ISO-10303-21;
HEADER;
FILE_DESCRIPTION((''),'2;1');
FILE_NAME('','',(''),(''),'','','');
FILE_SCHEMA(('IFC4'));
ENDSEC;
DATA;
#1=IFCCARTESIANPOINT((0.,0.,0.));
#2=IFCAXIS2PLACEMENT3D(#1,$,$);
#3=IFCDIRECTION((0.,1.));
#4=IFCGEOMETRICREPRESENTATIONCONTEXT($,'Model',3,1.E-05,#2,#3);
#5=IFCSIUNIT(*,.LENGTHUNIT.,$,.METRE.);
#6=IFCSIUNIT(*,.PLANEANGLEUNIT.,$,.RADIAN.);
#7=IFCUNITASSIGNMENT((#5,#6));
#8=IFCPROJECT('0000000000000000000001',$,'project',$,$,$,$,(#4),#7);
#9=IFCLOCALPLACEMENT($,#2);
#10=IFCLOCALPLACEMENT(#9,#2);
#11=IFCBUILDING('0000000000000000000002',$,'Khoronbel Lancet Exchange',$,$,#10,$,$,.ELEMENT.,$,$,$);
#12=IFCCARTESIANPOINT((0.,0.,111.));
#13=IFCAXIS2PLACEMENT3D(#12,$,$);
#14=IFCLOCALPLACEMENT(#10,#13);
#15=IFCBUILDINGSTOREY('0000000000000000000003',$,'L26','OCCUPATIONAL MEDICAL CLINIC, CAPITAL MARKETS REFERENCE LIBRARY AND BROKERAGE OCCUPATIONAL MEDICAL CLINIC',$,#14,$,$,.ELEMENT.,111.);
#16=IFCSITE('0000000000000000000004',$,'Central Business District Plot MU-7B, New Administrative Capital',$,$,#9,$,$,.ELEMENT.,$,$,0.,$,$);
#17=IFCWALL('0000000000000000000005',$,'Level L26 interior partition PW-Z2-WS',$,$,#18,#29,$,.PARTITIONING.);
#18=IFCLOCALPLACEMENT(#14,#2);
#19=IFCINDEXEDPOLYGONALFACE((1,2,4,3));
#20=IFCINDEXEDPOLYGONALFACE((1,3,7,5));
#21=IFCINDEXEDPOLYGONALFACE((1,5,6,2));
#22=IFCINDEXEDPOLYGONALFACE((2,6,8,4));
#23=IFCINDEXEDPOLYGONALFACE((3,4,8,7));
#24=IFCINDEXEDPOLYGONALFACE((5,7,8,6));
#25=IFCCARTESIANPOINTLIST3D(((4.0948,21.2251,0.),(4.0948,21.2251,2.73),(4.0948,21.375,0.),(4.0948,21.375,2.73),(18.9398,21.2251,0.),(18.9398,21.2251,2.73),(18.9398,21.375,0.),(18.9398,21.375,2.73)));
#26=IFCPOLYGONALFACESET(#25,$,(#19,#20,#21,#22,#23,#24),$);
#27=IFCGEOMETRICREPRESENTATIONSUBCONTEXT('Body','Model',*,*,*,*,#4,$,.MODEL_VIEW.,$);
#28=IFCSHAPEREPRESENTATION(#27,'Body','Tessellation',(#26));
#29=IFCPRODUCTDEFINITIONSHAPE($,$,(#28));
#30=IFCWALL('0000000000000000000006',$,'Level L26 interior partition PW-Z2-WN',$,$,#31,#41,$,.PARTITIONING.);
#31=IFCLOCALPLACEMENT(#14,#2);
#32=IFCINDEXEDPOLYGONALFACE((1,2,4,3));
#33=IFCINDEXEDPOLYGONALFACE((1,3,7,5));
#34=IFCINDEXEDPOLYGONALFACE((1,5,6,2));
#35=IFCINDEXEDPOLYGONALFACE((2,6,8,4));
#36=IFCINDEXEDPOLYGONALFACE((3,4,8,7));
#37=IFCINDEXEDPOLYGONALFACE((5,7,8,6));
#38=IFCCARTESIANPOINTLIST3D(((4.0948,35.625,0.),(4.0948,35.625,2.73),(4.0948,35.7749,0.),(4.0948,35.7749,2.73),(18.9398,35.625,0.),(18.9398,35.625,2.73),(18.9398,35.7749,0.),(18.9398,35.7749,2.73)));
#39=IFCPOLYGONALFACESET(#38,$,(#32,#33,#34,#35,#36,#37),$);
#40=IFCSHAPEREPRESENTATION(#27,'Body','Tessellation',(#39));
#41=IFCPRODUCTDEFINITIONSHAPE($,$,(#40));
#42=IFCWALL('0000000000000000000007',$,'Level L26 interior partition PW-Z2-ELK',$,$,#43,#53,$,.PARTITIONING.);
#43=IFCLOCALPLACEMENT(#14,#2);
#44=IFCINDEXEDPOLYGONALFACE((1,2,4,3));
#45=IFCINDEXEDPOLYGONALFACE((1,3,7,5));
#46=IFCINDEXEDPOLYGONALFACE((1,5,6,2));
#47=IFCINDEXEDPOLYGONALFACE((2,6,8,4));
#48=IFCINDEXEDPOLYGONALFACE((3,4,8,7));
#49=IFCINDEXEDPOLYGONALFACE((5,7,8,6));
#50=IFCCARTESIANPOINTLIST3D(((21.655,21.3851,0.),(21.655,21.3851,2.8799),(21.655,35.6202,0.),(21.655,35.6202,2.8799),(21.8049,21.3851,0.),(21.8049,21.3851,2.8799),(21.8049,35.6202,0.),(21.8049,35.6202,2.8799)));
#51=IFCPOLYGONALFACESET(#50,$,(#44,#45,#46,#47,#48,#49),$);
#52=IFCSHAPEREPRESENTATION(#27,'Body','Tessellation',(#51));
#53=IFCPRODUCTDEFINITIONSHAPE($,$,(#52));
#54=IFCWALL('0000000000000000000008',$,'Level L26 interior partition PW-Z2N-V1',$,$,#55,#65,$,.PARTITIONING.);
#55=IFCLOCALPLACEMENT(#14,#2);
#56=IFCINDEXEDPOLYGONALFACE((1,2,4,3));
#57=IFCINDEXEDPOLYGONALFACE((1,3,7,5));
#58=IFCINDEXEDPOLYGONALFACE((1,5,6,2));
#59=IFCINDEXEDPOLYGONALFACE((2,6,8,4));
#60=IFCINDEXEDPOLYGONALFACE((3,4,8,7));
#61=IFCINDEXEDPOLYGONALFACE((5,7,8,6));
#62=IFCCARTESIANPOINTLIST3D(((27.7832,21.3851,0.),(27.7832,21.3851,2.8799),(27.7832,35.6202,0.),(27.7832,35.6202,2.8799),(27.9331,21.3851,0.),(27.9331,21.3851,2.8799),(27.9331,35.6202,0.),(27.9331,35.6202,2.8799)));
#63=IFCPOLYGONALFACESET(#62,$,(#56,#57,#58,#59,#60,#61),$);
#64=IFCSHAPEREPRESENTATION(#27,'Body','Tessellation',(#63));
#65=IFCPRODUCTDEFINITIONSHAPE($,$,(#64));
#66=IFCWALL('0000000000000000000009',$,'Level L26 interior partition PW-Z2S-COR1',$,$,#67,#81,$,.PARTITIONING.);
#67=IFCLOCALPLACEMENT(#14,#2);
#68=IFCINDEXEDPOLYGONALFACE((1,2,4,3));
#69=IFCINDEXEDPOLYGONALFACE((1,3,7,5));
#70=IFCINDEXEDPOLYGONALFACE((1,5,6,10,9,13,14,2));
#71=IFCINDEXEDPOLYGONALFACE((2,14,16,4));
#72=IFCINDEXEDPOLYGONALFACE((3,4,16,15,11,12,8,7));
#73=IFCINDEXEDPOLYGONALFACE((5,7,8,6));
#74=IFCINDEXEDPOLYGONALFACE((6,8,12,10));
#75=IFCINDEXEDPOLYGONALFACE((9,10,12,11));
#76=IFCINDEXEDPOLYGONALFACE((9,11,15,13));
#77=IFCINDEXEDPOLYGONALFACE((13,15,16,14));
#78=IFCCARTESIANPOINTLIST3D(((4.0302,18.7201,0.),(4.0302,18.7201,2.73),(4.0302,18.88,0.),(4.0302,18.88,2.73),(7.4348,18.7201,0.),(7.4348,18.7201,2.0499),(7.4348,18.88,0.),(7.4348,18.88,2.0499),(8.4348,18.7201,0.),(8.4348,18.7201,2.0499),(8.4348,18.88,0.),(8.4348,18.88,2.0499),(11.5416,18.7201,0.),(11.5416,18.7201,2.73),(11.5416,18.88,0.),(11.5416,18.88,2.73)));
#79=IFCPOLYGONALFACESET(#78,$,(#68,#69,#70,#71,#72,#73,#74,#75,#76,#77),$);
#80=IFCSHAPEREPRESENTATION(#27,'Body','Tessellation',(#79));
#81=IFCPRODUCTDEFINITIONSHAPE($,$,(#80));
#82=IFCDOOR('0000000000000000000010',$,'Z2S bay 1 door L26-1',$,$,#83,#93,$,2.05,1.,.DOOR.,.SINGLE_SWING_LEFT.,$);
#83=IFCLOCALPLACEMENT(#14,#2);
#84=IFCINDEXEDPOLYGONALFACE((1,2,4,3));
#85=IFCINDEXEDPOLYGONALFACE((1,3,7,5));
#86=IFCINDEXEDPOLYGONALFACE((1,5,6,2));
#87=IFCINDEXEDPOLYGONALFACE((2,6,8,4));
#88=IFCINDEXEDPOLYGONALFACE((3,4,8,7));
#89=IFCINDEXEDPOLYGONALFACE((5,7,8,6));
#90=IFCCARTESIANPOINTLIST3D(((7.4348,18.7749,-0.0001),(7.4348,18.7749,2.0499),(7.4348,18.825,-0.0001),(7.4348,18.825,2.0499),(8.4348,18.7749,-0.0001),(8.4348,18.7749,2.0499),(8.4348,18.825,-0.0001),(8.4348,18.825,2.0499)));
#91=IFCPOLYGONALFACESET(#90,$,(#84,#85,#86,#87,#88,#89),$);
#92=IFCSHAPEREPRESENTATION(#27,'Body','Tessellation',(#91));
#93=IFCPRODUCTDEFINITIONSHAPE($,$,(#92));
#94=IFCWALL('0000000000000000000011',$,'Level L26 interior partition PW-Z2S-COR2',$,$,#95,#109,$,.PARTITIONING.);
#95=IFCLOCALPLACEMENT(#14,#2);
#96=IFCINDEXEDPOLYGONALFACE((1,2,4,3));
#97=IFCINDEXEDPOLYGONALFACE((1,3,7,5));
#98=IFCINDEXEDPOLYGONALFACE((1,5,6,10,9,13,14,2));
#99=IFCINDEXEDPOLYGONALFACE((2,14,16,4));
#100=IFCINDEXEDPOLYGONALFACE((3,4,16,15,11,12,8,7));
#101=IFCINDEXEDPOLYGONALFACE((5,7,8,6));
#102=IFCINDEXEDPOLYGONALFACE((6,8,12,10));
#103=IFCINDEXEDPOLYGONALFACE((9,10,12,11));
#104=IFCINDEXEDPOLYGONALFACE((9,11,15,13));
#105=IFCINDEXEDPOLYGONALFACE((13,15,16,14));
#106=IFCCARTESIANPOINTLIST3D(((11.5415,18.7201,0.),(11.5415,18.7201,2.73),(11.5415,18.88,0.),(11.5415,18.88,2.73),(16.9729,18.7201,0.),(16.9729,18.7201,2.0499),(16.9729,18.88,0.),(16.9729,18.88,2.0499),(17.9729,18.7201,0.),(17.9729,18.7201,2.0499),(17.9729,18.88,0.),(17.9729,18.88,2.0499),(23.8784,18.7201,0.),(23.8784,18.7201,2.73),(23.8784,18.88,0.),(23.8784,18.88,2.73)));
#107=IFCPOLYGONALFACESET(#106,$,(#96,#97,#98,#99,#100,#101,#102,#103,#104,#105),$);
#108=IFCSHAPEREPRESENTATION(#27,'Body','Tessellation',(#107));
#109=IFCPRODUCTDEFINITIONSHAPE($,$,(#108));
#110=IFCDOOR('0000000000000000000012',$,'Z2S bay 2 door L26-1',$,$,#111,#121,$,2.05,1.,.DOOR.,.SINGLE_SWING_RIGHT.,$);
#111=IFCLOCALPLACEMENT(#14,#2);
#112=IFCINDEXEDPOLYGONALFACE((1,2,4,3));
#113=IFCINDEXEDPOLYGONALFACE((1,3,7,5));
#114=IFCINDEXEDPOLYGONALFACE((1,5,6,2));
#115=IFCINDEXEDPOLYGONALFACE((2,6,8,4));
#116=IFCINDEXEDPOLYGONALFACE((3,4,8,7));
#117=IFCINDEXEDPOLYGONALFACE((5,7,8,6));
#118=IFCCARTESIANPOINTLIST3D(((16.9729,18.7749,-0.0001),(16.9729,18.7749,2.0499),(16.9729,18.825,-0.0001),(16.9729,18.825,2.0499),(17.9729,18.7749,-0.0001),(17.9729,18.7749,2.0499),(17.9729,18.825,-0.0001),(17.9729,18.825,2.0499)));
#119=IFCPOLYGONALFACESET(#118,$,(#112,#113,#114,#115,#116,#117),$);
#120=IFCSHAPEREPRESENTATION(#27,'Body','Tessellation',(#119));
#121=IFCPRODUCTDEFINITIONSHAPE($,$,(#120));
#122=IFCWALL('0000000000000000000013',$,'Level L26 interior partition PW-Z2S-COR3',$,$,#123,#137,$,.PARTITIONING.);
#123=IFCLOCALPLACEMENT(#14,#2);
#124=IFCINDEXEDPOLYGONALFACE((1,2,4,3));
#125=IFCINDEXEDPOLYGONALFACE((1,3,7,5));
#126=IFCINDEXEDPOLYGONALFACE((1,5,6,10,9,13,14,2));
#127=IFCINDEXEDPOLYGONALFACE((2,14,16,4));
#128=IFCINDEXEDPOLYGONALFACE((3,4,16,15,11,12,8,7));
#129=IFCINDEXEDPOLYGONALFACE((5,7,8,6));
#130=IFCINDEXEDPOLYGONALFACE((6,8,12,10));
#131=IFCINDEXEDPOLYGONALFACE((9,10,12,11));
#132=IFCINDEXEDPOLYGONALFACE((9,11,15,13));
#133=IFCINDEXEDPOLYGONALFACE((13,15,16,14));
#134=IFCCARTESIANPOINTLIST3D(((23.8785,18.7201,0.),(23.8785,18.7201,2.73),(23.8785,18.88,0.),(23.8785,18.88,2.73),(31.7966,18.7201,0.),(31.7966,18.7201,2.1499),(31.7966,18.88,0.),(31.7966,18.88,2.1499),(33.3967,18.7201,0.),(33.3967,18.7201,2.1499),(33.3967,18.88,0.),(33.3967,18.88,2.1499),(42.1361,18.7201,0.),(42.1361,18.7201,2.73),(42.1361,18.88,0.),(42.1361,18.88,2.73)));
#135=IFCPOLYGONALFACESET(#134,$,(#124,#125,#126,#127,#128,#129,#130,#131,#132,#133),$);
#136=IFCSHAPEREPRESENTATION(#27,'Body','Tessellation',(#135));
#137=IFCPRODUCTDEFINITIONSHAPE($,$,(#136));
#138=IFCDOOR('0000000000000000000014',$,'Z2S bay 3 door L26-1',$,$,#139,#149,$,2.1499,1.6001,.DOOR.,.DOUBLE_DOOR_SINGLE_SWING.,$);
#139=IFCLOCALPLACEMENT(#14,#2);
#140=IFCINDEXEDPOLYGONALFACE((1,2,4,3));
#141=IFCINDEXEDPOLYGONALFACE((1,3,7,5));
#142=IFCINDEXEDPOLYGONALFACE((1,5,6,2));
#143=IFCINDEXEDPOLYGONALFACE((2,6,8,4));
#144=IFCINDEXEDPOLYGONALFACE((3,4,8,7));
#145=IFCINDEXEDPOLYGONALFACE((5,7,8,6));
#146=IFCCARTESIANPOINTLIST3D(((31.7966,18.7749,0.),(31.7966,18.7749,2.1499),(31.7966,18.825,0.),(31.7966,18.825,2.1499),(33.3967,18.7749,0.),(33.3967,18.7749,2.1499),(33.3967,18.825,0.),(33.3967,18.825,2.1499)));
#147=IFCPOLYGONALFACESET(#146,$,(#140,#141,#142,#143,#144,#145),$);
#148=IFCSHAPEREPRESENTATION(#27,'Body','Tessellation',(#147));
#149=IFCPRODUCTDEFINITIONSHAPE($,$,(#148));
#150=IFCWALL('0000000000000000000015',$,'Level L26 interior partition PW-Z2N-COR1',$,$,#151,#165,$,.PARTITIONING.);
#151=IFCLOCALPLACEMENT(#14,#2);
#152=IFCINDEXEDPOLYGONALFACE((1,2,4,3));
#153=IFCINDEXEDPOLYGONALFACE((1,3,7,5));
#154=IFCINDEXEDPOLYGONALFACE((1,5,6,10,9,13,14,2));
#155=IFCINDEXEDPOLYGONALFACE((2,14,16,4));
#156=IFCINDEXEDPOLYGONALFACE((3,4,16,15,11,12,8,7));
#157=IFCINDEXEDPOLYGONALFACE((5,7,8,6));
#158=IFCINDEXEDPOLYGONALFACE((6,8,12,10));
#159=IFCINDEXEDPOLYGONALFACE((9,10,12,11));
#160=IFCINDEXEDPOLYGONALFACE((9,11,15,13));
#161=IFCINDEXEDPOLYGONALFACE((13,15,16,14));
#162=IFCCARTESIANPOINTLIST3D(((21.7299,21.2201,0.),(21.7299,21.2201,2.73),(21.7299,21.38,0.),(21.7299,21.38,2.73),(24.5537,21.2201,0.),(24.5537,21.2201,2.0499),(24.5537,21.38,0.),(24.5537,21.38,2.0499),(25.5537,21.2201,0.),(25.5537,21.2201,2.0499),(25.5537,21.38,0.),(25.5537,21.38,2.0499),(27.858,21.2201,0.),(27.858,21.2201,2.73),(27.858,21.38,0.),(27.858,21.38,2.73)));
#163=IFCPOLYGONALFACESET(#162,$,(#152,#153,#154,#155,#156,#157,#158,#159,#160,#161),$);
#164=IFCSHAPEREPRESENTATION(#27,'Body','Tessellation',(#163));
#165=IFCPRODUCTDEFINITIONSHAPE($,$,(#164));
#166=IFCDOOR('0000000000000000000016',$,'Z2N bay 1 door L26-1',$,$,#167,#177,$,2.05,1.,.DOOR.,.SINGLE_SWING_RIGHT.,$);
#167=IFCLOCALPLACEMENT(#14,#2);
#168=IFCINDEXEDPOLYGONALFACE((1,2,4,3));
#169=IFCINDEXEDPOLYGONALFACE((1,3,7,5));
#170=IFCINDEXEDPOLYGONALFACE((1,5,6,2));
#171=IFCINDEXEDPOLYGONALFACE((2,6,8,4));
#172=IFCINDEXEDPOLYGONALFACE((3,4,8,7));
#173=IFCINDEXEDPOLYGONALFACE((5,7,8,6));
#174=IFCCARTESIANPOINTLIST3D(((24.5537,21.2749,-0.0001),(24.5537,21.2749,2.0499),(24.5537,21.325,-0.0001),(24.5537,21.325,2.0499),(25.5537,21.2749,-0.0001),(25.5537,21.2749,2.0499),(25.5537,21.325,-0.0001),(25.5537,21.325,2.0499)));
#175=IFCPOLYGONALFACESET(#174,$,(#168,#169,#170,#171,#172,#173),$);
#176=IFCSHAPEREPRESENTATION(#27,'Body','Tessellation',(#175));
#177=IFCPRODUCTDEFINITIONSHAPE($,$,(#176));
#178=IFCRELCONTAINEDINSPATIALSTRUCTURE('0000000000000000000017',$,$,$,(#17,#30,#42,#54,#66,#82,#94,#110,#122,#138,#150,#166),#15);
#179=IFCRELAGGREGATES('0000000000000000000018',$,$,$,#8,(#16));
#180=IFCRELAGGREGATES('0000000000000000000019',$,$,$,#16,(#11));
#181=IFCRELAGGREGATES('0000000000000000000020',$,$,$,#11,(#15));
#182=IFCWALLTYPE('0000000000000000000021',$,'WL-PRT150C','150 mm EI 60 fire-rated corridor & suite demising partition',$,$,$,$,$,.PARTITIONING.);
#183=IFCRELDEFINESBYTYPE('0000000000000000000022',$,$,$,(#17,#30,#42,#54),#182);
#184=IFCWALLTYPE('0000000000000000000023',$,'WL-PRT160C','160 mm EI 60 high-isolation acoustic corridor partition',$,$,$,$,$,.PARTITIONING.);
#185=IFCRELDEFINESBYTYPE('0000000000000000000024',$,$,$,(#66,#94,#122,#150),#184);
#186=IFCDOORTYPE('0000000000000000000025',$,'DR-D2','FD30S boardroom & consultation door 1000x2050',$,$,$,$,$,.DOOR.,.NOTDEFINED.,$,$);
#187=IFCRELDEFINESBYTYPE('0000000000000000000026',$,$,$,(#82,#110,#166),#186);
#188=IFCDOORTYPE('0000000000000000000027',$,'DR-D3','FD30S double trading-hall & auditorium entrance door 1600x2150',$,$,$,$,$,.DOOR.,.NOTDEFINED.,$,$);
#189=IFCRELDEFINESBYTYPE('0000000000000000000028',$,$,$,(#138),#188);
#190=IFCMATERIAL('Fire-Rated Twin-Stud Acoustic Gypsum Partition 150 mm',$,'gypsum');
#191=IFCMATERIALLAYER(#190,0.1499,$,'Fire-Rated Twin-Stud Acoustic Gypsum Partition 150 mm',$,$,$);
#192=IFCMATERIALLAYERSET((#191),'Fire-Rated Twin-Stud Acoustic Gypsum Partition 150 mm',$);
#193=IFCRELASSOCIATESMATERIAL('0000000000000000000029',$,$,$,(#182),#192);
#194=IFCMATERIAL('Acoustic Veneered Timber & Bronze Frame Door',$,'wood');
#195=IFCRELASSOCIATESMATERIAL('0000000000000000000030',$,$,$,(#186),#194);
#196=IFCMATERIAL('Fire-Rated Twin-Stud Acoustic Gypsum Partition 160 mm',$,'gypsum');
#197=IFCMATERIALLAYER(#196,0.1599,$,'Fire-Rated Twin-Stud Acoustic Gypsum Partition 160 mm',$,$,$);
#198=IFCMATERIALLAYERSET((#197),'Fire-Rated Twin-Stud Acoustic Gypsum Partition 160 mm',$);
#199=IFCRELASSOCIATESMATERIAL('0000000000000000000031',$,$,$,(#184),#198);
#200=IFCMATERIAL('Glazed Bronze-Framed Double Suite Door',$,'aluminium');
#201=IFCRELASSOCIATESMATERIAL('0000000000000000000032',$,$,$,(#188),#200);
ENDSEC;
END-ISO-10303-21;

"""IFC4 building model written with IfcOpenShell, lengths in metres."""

from ifc_helpers import new_model, si_unit, direction, frame, frame_2d, origin, place, context, subcontext, project, spatial, rectangle, extrude, material, layer, layer_set, type_object, element, fill, save


model = new_model("IFC4")

# Units and contexts
model_context = context("Model", 3, precision=1e-05, world=origin(), true_north=direction((0.0, 1.0)))
body_context = subcontext(model_context, "Body", "Model", "MODEL_VIEW")
ifc_project = project(units=[si_unit("LENGTHUNIT", "METRE"), si_unit("PLANEANGLEUNIT", "RADIAN")], contexts=[model_context])

# Site, building, storey
site_placement = place(None, origin())
site = spatial("IfcSite", under=ifc_project, at=site_placement, Name="Central Business District Plot MU-7B, New Administrative Capital", CompositionType="ELEMENT", RefElevation=0.0)
building_placement = place(site_placement, origin())
building = spatial("IfcBuilding", under=site, at=building_placement, Name="Khoronbel Lancet Exchange", CompositionType="ELEMENT")
storey_placement = place(building_placement, frame((0.0, 0.0, 111.0)))
storey = spatial("IfcBuildingStorey", under=building, at=storey_placement, Name="L26", Description="OCCUPATIONAL MEDICAL CLINIC, CAPITAL MARKETS REFERENCE LIBRARY AND BROKERAGE OCCUPATIONAL MEDICAL CLINIC", CompositionType="ELEMENT", Elevation=111.0)

# Shared definitions
ifc_material_1 = material(Name="Fire-Rated Twin-Stud Acoustic Gypsum Partition 150 mm", Category="gypsum")
ifc_layer_1 = layer(ifc_material_1, 0.1499, Name="Fire-Rated Twin-Stud Acoustic Gypsum Partition 150 mm")
ifc_layer_set_1 = layer_set([ifc_layer_1], Name="Fire-Rated Twin-Stud Acoustic Gypsum Partition 150 mm")
wall_type_1 = type_object("IfcWallType", Name="WL-PRT150C", Description="150 mm EI 60 fire-rated corridor & suite demising partition", PredefinedType="PARTITIONING", material=ifc_layer_set_1)
ifc_material_2 = material(Name="Acoustic Veneered Timber & Bronze Frame Door", Category="wood")
door_type_1 = type_object("IfcDoorType", Name="DR-D2", Description="FD30S boardroom & consultation door 1000x2050", OperationType="NOTDEFINED", PredefinedType="DOOR", material=ifc_material_2)

# Walls
for number, where, z_axis, x_axis, name in (
    (1, (4.095, 21.3, 0.0), (0.0, 0.0, 1.0), (1.0, 0.0, 0.0), "Level L26 interior partition PW-Z2-WS"),
    (2, (4.095, 35.7, 0.0), (0.0, 0.0, 1.0), (1.0, 0.0, 0.0), "Level L26 interior partition PW-Z2-WN"),
):
    element("IfcWall", number, at=place(storey_placement, frame(where, z_axis=z_axis, x_axis=x_axis)), inside=storey, type_object=wall_type_1, Name=name, PredefinedType="PARTITIONING", context=body_context, shape_type="SweptSolid", body=[
        extrude(rectangle(XDim=14.845, YDim=0.1499, at=frame_2d((7.4224, 0.0))), origin(), (0.0, 0.0, 1.0), 2.73),
    ])
for number, where, z_axis, x_axis, name in (
    (3, (21.73, 21.385, 0.0), (0.0, 0.0, 1.0), (0.0, 1.0, 0.0), "Level L26 interior partition PW-Z2-ELK"),
    (4, (27.8582, 21.385, 0.0), (0.0, 0.0, 1.0), (0.0, 1.0, 0.0), "Level L26 interior partition PW-Z2N-V1"),
):
    element("IfcWall", number, at=place(storey_placement, frame(where, z_axis=z_axis, x_axis=x_axis)), inside=storey, type_object=wall_type_1, Name=name, PredefinedType="PARTITIONING", context=body_context, shape_type="SweptSolid", body=[
        extrude(rectangle(XDim=14.2351, YDim=0.1499, at=frame_2d((7.1177, 0.0))), origin(), (0.0, 0.0, 1.0), 2.8799),
    ])

# Walls, openings, doors
ifc_material_3 = material(Name="Fire-Rated Twin-Stud Acoustic Gypsum Partition 160 mm", Category="gypsum")
ifc_layer_2 = layer(ifc_material_3, 0.1599, Name="Fire-Rated Twin-Stud Acoustic Gypsum Partition 160 mm")
ifc_layer_set_2 = layer_set([ifc_layer_2], Name="Fire-Rated Twin-Stud Acoustic Gypsum Partition 160 mm")
wall_type_2 = type_object("IfcWallType", Name="WL-PRT160C", Description="160 mm EI 60 high-isolation acoustic corridor partition", PredefinedType="PARTITIONING", material=ifc_layer_set_2)
wall_1_placement = place(storey_placement, frame((4.03, 18.8, 0.0), z_axis=(0.0, 0.0, 1.0), x_axis=(1.0, 0.0, 0.0)))
wall_1 = element("IfcWall", 5, at=wall_1_placement, inside=storey, type_object=wall_type_2, Name="Level L26 interior partition PW-Z2S-COR1", PredefinedType="PARTITIONING", context=body_context, shape_type="SweptSolid", body=[
    extrude(rectangle(XDim=7.5115, YDim=0.1599, at=frame_2d((3.7559, 0.0))), origin(), (0.0, 0.0, 1.0), 2.73),
])
opening_1_placement = place(wall_1_placement, frame((3.4048, 0.0, 0.0)))
opening_1 = element("IfcOpeningElement", 6, at=opening_1_placement, cuts=wall_1, PredefinedType="OPENING", context=body_context, shape_type="SweptSolid", body=[
    extrude(rectangle(XDim=1.0, YDim=2.05, at=frame_2d((0.5, 1.0249))), frame((0.0, 0.0898, 0.0), z_axis=(0.0, -1.0, 0.0), x_axis=(1.0, 0.0, 0.0)), (0.0, 0.0, 1.0), 0.1799),
])
door_1_placement = place(opening_1_placement, origin())
door_1 = element("IfcDoor", 7, at=door_1_placement, inside=storey, type_object=door_type_1, Name="Z2S bay 1 door L26-1", OperationType="SINGLE_SWING_LEFT", OverallHeight=2.05, OverallWidth=1.0, PredefinedType="DOOR", context=body_context, shape_type="SweptSolid", body=[
    extrude(rectangle(XDim=1.0, YDim=2.05, at=frame_2d((0.5, 1.0249))), frame((0.0, 0.0249, 0.0), z_axis=(0.0, -1.0, 0.0), x_axis=(1.0, 0.0, 0.0)), (0.0, 0.0, 1.0), 0.05),
])
fill(opening_1, door_1)
wall_2_placement = place(storey_placement, frame((11.5415, 18.8, 0.0), z_axis=(0.0, 0.0, 1.0), x_axis=(1.0, 0.0, 0.0)))
wall_2 = element("IfcWall", 8, at=wall_2_placement, inside=storey, type_object=wall_type_2, Name="Level L26 interior partition PW-Z2S-COR2", PredefinedType="PARTITIONING", context=body_context, shape_type="SweptSolid", body=[
    extrude(rectangle(XDim=12.3369, YDim=0.1599, at=frame_2d((6.1685, 0.0))), origin(), (0.0, 0.0, 1.0), 2.73),
])
opening_2_placement = place(wall_2_placement, frame((5.4314, 0.0, 0.0)))
opening_2 = element("IfcOpeningElement", 9, at=opening_2_placement, cuts=wall_2, PredefinedType="OPENING", context=body_context, shape_type="SweptSolid", body=[
    extrude(rectangle(XDim=1.0, YDim=2.05, at=frame_2d((0.5, 1.0249))), frame((0.0, 0.0898, 0.0), z_axis=(0.0, -1.0, 0.0), x_axis=(1.0, 0.0, 0.0)), (0.0, 0.0, 1.0), 0.1799),
])
door_2_placement = place(opening_2_placement, origin())
door_2 = element("IfcDoor", 10, at=door_2_placement, inside=storey, type_object=door_type_1, Name="Z2S bay 2 door L26-1", OperationType="SINGLE_SWING_RIGHT", OverallHeight=2.05, OverallWidth=1.0, PredefinedType="DOOR", context=body_context, shape_type="SweptSolid", body=[
    extrude(rectangle(XDim=1.0, YDim=2.05, at=frame_2d((0.5, 1.0249))), frame((0.0, 0.0249, 0.0), z_axis=(0.0, -1.0, 0.0), x_axis=(1.0, 0.0, 0.0)), (0.0, 0.0, 1.0), 0.05),
])
fill(opening_2, door_2)
wall_3_placement = place(storey_placement, frame((23.8784, 18.8, 0.0), z_axis=(0.0, 0.0, 1.0), x_axis=(1.0, 0.0, 0.0)))
wall_3 = element("IfcWall", 11, at=wall_3_placement, inside=storey, type_object=wall_type_2, Name="Level L26 interior partition PW-Z2S-COR3", PredefinedType="PARTITIONING", context=body_context, shape_type="SweptSolid", body=[
    extrude(rectangle(XDim=18.2576, YDim=0.1599, at=frame_2d((9.1289, 0.0))), origin(), (0.0, 0.0, 1.0), 2.73),
])
opening_3_placement = place(wall_3_placement, frame((7.9182, 0.0, 0.0)))
opening_3 = element("IfcOpeningElement", 12, at=opening_3_placement, cuts=wall_3, PredefinedType="OPENING", context=body_context, shape_type="SweptSolid", body=[
    extrude(rectangle(XDim=1.6001, YDim=2.1499, at=frame_2d((0.8, 1.075))), frame((0.0, 0.0898, 0.0), z_axis=(0.0, -1.0, 0.0), x_axis=(1.0, 0.0, 0.0)), (0.0, 0.0, 1.0), 0.1799),
])
ifc_material_4 = material(Name="Glazed Bronze-Framed Double Suite Door", Category="aluminium")
door_type_2 = type_object("IfcDoorType", Name="DR-D3", Description="FD30S double trading-hall & auditorium entrance door 1600x2150", OperationType="NOTDEFINED", PredefinedType="DOOR", material=ifc_material_4)
door_3_placement = place(opening_3_placement, origin())
door_3 = element("IfcDoor", 13, at=door_3_placement, inside=storey, type_object=door_type_2, Name="Z2S bay 3 door L26-1", OperationType="DOUBLE_DOOR_SINGLE_SWING", OverallHeight=2.1499, OverallWidth=1.6001, PredefinedType="DOOR", context=body_context, shape_type="SweptSolid", body=[
    extrude(rectangle(XDim=1.6001, YDim=2.1499, at=frame_2d((0.8, 1.075))), frame((0.0, 0.0249, 0.0), z_axis=(0.0, -1.0, 0.0), x_axis=(1.0, 0.0, 0.0)), (0.0, 0.0, 1.0), 0.05),
])
fill(opening_3, door_3)
wall_4_placement = place(storey_placement, frame((21.73, 21.3, 0.0), z_axis=(0.0, 0.0, 1.0), x_axis=(1.0, 0.0, 0.0)))
wall_4 = element("IfcWall", 14, at=wall_4_placement, inside=storey, type_object=wall_type_2, Name="Level L26 interior partition PW-Z2N-COR1", PredefinedType="PARTITIONING", context=body_context, shape_type="SweptSolid", body=[
    extrude(rectangle(XDim=6.1282, YDim=0.1599, at=frame_2d((3.064, 0.0))), origin(), (0.0, 0.0, 1.0), 2.73),
])
opening_4_placement = place(wall_4_placement, frame((2.8237, 0.0, 0.0)))
opening_4 = element("IfcOpeningElement", 15, at=opening_4_placement, cuts=wall_4, PredefinedType="OPENING", context=body_context, shape_type="SweptSolid", body=[
    extrude(rectangle(XDim=1.0, YDim=2.05, at=frame_2d((0.5, 1.0249))), frame((0.0, 0.0898, 0.0), z_axis=(0.0, -1.0, 0.0), x_axis=(1.0, 0.0, 0.0)), (0.0, 0.0, 1.0), 0.1799),
])
door_4_placement = place(opening_4_placement, origin())
door_4 = element("IfcDoor", 16, at=door_4_placement, inside=storey, type_object=door_type_1, Name="Z2N bay 1 door L26-1", OperationType="SINGLE_SWING_RIGHT", OverallHeight=2.05, OverallWidth=1.0, PredefinedType="DOOR", context=body_context, shape_type="SweptSolid", body=[
    extrude(rectangle(XDim=1.0, YDim=2.05, at=frame_2d((0.5, 1.0249))), frame((0.0, 0.0249, 0.0), z_axis=(0.0, -1.0, 0.0), x_axis=(1.0, 0.0, 0.0)), (0.0, 0.0, 1.0), 0.05),
])
fill(opening_4, door_4)

save(model, "model.ifc")
